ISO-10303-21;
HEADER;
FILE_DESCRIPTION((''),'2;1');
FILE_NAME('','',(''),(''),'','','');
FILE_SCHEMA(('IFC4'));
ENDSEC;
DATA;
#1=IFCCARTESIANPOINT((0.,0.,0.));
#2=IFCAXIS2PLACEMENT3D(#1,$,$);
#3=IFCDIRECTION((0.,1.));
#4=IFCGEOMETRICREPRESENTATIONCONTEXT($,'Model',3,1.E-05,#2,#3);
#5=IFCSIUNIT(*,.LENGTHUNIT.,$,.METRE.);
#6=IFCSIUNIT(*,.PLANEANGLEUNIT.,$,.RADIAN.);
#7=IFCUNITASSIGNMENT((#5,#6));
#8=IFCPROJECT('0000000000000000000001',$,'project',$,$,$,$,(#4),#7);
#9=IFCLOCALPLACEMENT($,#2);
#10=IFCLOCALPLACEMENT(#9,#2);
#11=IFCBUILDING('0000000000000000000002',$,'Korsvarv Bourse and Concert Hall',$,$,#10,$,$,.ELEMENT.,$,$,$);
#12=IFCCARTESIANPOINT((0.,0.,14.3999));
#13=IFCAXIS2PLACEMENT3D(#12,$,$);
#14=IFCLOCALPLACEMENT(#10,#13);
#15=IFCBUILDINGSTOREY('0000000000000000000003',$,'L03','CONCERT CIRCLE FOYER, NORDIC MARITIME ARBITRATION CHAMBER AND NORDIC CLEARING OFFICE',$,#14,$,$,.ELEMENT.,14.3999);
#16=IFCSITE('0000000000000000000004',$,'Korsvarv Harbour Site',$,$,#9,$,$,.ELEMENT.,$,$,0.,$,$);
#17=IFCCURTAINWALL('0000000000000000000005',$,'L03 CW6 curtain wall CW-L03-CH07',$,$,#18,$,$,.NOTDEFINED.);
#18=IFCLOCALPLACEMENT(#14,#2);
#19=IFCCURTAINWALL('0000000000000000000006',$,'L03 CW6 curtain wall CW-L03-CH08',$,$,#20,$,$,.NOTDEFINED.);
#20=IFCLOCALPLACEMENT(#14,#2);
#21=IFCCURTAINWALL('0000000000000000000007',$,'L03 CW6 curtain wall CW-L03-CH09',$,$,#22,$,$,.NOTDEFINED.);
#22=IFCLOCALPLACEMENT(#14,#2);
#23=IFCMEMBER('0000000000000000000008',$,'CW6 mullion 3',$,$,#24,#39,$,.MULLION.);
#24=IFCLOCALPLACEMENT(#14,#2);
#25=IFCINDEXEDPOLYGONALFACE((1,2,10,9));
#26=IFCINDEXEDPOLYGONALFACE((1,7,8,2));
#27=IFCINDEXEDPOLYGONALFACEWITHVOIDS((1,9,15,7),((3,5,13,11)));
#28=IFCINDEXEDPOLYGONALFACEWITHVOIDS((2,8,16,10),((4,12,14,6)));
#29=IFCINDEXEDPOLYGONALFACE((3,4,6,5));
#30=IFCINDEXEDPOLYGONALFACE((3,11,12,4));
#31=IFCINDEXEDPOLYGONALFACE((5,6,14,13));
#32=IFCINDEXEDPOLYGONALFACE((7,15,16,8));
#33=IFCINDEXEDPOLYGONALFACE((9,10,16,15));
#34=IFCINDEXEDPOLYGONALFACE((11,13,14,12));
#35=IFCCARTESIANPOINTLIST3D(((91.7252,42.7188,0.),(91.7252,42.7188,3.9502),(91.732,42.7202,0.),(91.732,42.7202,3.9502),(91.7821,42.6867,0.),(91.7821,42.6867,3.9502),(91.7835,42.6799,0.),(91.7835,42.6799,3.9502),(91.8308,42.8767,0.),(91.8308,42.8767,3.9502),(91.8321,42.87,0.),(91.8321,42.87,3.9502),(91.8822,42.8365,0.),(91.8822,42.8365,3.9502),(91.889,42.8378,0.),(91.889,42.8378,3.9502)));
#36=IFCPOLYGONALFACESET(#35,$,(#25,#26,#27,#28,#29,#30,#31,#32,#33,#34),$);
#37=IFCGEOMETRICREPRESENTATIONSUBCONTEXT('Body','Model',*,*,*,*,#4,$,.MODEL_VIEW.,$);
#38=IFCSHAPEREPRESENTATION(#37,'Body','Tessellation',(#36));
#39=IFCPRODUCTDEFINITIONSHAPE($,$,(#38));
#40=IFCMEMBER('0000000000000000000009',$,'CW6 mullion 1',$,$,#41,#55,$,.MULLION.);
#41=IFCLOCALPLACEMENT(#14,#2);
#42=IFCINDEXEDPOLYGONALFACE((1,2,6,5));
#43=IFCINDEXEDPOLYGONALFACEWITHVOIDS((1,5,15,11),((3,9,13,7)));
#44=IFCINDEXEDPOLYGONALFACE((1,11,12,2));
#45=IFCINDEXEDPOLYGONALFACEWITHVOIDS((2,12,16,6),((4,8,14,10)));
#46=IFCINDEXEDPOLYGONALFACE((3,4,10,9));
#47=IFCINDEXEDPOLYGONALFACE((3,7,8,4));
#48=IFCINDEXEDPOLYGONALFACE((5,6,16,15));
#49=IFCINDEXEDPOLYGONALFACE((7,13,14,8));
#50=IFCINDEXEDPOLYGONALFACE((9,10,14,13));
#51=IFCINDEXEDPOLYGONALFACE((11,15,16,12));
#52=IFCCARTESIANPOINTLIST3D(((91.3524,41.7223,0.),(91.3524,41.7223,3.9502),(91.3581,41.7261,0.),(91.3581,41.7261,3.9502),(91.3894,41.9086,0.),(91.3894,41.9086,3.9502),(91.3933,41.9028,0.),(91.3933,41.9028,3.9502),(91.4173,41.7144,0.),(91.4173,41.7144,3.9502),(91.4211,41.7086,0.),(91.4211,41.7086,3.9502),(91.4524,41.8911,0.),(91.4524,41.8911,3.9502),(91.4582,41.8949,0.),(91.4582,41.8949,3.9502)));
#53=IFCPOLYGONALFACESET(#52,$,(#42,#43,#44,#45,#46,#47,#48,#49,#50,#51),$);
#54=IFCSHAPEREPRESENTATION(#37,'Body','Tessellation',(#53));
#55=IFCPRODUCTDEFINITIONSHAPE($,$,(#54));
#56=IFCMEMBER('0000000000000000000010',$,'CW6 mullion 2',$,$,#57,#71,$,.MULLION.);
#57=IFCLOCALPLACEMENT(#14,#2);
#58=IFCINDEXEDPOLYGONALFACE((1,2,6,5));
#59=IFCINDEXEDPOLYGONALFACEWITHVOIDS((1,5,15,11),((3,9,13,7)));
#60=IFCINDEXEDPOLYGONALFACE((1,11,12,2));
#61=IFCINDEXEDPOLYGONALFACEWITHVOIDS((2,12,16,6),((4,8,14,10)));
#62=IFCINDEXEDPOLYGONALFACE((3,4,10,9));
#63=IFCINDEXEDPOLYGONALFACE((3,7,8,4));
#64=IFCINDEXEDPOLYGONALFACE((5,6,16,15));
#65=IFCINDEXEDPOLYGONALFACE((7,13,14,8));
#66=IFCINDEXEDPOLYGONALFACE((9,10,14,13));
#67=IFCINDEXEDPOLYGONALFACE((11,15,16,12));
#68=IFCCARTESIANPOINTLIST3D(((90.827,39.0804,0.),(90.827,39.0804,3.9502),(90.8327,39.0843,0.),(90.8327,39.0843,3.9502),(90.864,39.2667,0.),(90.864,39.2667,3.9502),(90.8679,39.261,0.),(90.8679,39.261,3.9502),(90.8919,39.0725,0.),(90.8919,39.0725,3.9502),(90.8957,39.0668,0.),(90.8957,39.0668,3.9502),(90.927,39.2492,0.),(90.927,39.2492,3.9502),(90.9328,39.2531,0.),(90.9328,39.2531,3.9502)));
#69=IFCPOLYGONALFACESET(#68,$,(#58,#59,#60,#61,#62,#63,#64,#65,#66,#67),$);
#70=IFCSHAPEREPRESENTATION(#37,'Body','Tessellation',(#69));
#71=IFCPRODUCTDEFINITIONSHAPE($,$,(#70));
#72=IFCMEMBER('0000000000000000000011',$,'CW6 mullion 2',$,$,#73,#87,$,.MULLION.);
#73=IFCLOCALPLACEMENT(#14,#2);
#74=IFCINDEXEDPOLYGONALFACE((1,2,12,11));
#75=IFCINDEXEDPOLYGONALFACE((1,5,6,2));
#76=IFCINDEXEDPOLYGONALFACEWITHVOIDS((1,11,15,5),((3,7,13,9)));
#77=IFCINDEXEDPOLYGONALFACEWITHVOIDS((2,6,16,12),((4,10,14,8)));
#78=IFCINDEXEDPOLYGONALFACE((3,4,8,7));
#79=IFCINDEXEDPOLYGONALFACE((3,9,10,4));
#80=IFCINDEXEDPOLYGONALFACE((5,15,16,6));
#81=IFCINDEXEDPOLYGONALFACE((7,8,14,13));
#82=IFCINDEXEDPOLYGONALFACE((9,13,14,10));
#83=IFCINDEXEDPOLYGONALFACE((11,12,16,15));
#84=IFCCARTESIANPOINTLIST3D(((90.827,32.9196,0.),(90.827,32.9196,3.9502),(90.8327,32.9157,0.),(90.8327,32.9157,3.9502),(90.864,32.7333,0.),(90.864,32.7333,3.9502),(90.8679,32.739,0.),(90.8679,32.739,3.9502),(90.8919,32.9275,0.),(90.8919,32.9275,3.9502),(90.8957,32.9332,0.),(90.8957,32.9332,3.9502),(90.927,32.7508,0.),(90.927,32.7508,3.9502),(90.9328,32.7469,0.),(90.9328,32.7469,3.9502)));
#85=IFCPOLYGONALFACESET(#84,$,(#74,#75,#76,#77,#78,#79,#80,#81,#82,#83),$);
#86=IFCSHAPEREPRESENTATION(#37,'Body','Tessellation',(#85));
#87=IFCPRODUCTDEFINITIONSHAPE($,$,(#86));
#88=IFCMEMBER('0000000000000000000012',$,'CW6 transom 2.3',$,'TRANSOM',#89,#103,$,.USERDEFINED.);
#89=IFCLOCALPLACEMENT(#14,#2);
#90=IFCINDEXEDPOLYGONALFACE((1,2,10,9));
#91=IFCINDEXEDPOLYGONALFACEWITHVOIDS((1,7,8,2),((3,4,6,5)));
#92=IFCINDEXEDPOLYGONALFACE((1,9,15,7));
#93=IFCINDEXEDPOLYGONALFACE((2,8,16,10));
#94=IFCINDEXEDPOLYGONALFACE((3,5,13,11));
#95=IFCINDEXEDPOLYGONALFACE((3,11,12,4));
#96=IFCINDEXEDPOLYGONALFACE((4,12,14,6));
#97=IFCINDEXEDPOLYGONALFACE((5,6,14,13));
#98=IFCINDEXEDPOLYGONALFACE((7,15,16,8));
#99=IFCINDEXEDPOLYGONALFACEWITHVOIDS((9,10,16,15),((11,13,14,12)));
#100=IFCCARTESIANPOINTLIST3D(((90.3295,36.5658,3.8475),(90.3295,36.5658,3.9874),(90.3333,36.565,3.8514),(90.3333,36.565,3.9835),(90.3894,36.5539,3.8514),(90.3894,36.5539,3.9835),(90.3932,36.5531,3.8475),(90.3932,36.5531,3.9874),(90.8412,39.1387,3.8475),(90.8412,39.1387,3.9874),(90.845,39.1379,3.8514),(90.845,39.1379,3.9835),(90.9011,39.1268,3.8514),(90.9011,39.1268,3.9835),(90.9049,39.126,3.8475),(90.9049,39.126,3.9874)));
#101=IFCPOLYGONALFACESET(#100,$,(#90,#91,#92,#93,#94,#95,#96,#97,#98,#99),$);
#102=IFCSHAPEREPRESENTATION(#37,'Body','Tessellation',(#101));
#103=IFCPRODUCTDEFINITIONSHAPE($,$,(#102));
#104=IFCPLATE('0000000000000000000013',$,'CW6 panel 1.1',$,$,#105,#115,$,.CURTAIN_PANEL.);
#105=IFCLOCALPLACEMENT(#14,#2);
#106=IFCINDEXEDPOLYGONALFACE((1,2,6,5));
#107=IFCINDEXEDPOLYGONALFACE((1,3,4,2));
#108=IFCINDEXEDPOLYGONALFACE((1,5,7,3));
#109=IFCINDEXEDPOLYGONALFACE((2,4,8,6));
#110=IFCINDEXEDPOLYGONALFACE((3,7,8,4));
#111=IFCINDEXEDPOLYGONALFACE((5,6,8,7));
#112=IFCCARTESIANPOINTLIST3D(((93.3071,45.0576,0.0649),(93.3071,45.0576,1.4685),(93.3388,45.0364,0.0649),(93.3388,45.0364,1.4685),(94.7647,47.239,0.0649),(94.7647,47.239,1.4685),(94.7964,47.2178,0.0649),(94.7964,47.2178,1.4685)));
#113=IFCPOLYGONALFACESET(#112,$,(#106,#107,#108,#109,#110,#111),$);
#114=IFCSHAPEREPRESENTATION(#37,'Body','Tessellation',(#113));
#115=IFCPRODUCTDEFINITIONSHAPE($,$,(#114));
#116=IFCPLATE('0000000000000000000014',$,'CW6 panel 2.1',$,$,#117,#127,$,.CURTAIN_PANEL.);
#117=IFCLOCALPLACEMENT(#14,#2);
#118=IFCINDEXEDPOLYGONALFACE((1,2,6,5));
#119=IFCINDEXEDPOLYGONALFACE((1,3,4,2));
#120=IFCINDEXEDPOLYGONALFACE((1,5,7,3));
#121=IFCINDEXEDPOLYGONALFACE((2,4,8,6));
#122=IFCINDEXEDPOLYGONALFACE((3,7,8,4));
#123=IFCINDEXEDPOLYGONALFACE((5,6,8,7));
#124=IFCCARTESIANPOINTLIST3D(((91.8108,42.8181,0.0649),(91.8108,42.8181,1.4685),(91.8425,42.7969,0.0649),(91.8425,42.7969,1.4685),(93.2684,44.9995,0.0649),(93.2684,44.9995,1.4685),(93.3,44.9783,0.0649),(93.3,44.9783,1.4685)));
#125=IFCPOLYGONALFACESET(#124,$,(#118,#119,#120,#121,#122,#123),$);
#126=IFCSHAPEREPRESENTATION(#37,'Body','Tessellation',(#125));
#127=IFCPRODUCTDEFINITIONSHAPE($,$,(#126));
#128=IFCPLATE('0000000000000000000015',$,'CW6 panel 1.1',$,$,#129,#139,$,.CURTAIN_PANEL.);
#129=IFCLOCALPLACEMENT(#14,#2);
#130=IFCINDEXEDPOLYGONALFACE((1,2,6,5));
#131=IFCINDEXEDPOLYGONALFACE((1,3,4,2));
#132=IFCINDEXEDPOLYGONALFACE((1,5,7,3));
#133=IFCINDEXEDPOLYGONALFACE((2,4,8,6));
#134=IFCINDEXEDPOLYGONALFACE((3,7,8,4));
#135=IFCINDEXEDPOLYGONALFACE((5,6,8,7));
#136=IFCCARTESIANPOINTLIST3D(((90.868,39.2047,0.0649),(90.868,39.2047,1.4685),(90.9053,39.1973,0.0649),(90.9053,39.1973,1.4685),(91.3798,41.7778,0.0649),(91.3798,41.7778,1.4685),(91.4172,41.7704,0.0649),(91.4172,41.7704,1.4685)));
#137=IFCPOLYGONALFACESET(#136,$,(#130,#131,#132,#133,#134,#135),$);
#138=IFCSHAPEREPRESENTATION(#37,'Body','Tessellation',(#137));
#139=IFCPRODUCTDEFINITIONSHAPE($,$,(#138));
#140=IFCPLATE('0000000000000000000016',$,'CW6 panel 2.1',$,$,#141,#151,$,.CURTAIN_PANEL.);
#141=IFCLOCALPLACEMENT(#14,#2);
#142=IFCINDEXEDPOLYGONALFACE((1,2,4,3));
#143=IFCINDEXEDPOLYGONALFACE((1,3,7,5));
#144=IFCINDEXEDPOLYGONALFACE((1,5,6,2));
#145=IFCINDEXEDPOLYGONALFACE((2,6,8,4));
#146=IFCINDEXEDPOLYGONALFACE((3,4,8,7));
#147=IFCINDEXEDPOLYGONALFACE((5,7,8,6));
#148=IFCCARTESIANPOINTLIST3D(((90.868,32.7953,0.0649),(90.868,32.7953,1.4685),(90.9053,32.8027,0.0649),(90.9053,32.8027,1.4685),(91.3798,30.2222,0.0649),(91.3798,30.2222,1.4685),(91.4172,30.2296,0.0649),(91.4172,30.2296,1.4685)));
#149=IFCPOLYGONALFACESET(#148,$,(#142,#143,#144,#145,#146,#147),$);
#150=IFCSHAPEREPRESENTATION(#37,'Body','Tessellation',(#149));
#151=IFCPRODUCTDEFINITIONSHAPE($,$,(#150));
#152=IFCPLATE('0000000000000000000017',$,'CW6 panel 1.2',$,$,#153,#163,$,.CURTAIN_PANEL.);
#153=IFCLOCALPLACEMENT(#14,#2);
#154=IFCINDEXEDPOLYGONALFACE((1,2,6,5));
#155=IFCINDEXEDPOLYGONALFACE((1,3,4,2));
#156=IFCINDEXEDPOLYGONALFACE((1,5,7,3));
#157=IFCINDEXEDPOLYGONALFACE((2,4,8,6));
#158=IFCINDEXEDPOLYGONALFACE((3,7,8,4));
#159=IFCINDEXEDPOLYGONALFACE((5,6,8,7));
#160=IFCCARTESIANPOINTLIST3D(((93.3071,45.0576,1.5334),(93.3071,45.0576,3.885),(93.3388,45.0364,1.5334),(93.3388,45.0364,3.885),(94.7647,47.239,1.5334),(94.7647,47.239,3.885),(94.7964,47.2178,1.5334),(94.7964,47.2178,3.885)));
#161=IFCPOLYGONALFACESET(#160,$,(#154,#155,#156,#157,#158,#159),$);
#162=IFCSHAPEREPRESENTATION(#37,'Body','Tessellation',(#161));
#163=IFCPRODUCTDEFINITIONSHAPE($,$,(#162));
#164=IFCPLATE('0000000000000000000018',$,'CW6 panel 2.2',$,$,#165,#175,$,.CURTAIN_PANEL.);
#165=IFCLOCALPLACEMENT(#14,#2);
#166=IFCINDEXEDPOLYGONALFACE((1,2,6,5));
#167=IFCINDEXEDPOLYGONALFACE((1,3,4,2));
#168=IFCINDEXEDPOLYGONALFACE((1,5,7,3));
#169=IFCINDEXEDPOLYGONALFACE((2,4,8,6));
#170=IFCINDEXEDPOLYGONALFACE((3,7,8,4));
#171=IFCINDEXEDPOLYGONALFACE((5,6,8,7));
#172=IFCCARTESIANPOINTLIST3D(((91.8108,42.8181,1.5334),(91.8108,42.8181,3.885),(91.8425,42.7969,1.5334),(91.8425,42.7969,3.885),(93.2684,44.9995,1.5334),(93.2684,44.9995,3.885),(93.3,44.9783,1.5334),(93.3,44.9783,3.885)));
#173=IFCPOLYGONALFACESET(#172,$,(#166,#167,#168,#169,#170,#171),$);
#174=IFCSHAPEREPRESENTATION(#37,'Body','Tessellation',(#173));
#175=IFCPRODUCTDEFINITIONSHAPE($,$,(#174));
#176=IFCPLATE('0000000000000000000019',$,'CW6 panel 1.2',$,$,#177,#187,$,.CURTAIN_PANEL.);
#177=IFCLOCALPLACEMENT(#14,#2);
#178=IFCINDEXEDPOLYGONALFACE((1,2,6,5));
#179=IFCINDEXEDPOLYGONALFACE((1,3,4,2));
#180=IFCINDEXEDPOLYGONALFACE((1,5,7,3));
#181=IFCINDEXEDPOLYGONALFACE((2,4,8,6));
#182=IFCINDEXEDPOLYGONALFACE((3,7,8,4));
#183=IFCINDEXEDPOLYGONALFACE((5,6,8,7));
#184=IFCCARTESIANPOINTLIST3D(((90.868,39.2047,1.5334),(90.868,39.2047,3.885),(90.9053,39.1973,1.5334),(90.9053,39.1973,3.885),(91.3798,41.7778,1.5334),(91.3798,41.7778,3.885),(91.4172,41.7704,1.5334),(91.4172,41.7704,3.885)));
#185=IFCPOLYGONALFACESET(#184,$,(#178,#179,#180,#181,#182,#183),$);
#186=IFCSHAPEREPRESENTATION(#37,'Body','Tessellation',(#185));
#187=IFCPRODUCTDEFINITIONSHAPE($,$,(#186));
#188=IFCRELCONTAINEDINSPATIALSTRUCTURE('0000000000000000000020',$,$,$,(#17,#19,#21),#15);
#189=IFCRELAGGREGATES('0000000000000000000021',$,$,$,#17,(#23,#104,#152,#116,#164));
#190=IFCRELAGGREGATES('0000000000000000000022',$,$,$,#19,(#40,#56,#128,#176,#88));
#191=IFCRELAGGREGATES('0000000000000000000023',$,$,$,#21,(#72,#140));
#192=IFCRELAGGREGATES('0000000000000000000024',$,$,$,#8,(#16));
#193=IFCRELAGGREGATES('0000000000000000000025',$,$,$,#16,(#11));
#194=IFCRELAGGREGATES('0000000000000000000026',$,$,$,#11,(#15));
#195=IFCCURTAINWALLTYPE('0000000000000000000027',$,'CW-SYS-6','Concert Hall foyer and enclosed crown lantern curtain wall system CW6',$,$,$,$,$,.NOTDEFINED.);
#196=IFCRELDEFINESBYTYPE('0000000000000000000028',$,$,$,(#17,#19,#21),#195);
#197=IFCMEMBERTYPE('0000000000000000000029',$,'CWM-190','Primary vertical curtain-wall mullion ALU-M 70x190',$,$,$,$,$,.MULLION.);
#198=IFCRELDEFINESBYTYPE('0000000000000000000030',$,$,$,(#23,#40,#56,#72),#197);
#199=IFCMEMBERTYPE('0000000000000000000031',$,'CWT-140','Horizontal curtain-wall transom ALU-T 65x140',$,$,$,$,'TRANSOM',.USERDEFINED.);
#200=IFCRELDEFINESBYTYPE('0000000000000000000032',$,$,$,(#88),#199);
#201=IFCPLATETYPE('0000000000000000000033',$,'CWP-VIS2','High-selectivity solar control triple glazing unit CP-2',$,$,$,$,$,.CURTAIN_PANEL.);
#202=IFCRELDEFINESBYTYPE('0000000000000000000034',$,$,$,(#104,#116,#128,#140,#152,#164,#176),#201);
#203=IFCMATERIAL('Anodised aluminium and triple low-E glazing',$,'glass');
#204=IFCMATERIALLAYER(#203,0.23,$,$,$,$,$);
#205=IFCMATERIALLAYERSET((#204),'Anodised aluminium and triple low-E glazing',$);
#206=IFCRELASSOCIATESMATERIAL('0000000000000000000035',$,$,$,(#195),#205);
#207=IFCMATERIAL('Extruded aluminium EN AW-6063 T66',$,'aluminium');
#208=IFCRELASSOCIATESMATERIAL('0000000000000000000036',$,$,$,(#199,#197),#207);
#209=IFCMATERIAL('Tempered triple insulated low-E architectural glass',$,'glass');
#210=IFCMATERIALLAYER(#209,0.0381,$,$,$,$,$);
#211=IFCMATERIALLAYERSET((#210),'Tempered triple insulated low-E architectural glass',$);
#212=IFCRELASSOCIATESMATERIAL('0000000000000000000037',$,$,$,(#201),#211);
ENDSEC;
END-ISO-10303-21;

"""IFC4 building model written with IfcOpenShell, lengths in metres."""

from ifc_helpers import new_model, si_unit, direction, frame, origin, origin_2d, place, context, subcontext, project, spatial, rectangle, hollow_rectangle, extrude, source, transform, mapped, material, layer, layer_set, material_profile, profile_set, type_object, element, aggregate, save


model = new_model("IFC4")

# Units and contexts
model_context = context("Model", 3, precision=1e-05, world=origin(), true_north=direction((0.0, 1.0)))
body_context = subcontext(model_context, "Body", "Model", "MODEL_VIEW")
ifc_project = project(units=[si_unit("LENGTHUNIT", "METRE"), si_unit("PLANEANGLEUNIT", "RADIAN")], contexts=[model_context])

# Site, building, storey
site_placement = place(None, origin())
site = spatial("IfcSite", under=ifc_project, at=site_placement, Name="Korsvarv Harbour Site", CompositionType="ELEMENT", RefElevation=0.0)
building_placement = place(site_placement, origin())
building = spatial("IfcBuilding", under=site, at=building_placement, Name="Korsvarv Bourse and Concert Hall", CompositionType="ELEMENT")
storey_placement = place(building_placement, frame((0.0, 0.0, 14.3999)))
storey = spatial("IfcBuildingStorey", under=building, at=storey_placement, Name="L03", Description="CONCERT CIRCLE FOYER, NORDIC MARITIME ARBITRATION CHAMBER AND NORDIC CLEARING OFFICE", CompositionType="ELEMENT", Elevation=14.3999)

# Curtain walls
ifc_material_1 = material(Name="Anodised aluminium and triple low-E glazing", Category="glass")
ifc_layer_1 = layer(ifc_material_1, 0.23)
ifc_layer_set_1 = layer_set([ifc_layer_1], Name="Anodised aluminium and triple low-E glazing")
curtain_wall_type = type_object("IfcCurtainWallType", Name="CW-SYS-6", Description="Concert Hall foyer and enclosed crown lantern curtain wall system CW6", PredefinedType="NOTDEFINED", material=ifc_layer_set_1)
curtain_wall_1_placement = place(storey_placement, origin())
curtain_wall_1 = element("IfcCurtainWall", 1, at=curtain_wall_1_placement, inside=storey, type_object=curtain_wall_type, Name="L03 CW6 curtain wall CW-L03-CH07", PredefinedType="NOTDEFINED")
ifc_material_2 = material(Name="Extruded aluminium EN AW-6063 T66", Category="aluminium")
ifc_material_profile_1 = material_profile(ifc_material_2, hollow_rectangle(XDim=0.0649, YDim=0.1399, WallThickness=0.0039, at=origin_2d()), Name="ALU-T 65x140")
ifc_profile_set_1 = profile_set([ifc_material_profile_1], Name="Extruded aluminium EN AW-6063 T66")
member_type_1 = type_object("IfcMemberType", Name="CWT-140", Description="Horizontal curtain-wall transom ALU-T 65x140", ElementType="TRANSOM", PredefinedType="USERDEFINED", material=ifc_profile_set_1)
curtain_wall_2_placement = place(storey_placement, origin())
curtain_wall_2 = element("IfcCurtainWall", 2, at=curtain_wall_2_placement, inside=storey, type_object=curtain_wall_type, Name="L03 CW6 curtain wall CW-L03-CH08", PredefinedType="NOTDEFINED")
curtain_wall_3_placement = place(storey_placement, origin())
curtain_wall_3 = element("IfcCurtainWall", 3, at=curtain_wall_3_placement, inside=storey, type_object=curtain_wall_type, Name="L03 CW6 curtain wall CW-L03-CH09", PredefinedType="NOTDEFINED")

# Members
ifc_material_profile_2 = material_profile(ifc_material_2, hollow_rectangle(XDim=0.0701, YDim=0.1899, WallThickness=0.0049, at=origin_2d()), Name="ALU-M 70x190")
ifc_profile_set_2 = profile_set([ifc_material_profile_2], Name="Extruded aluminium EN AW-6063 T66")
member_type_2 = type_object("IfcMemberType", Name="CWM-190", Description="Primary vertical curtain-wall mullion ALU-M 70x190", PredefinedType="MULLION", material=ifc_profile_set_2)
shared_shape_1 = source(origin(), body_context, "Body", "SweptSolid", [
    extrude(hollow_rectangle(XDim=0.0701, YDim=0.1899, WallThickness=0.0049, at=origin_2d()), origin(), (0.0, 0.0, 1.0), 3.9502),
])
member_1_placement = place(storey_placement, frame((91.8071, 42.7783, 0.0), z_axis=(0.0, 0.0, 1.0), x_axis=(0.831469, -0.555571, 0.0)))
member_1 = element("IfcMember", 4, at=member_1_placement, type_object=member_type_2, Name="CW6 mullion 3", PredefinedType="MULLION", context=body_context, shape_type="MappedRepresentation", body=[
    mapped(shared_shape_1, transform((0.0, 0.0, 0.0), scale=1.0)),
])
member_2_placement = place(storey_placement, frame((91.4053, 41.8086, 0.0), z_axis=(0.0, 0.0, 1.0), x_axis=(0.980786, -0.195087, 0.0)))
member_2 = element("IfcMember", 5, at=member_2_placement, type_object=member_type_2, Name="CW6 mullion 1", PredefinedType="MULLION", context=body_context, shape_type="MappedRepresentation", body=[
    mapped(shared_shape_1, transform((0.0, 0.0, 0.0), scale=1.0)),
])
member_3_placement = place(storey_placement, frame((90.8799, 39.1667, 0.0), z_axis=(0.0, 0.0, 1.0), x_axis=(0.980786, -0.195087, 0.0)))
member_3 = element("IfcMember", 6, at=member_3_placement, type_object=member_type_2, Name="CW6 mullion 2", PredefinedType="MULLION", context=body_context, shape_type="MappedRepresentation", body=[
    mapped(shared_shape_1, transform((0.0, 0.0, 0.0), scale=1.0)),
])
member_4_placement = place(storey_placement, frame((90.8799, 32.8333, 0.0), z_axis=(0.0, 0.0, 1.0), x_axis=(0.980786, 0.195087, 0.0)))
member_4 = element("IfcMember", 7, at=member_4_placement, type_object=member_type_2, Name="CW6 mullion 2", PredefinedType="MULLION", context=body_context, shape_type="MappedRepresentation", body=[
    mapped(shared_shape_1, transform((0.0, 0.0, 0.0), scale=1.0)),
])
shared_shape_2 = source(origin(), body_context, "Body", "SweptSolid", [
    extrude(hollow_rectangle(XDim=0.0649, YDim=0.1399, WallThickness=0.0039, at=origin_2d()), origin(), (0.0, 0.0, 1.0), 2.6233),
])
member_5_placement = place(storey_placement, frame((90.873, 39.1323, 3.9175), z_axis=(-0.19506, -0.980791, 0.0), x_axis=(0.980791, -0.19506, 0.0)))
member_5 = element("IfcMember", 8, at=member_5_placement, type_object=member_type_1, Name="CW6 transom 2.3", ObjectType="TRANSOM", PredefinedType="USERDEFINED", context=body_context, shape_type="MappedRepresentation", body=[
    mapped(shared_shape_2, transform((0.0, 0.0, 0.0), scale=1.0)),
])

# Plates
ifc_material_3 = material(Name="Tempered triple insulated low-E architectural glass", Category="glass")
ifc_layer_2 = layer(ifc_material_3, 0.0381)
ifc_layer_set_2 = layer_set([ifc_layer_2], Name="Tempered triple insulated low-E architectural glass")
plate_type = type_object("IfcPlateType", Name="CWP-VIS2", Description="High-selectivity solar control triple glazing unit CP-2", PredefinedType="CURTAIN_PANEL", material=ifc_layer_set_2)
shared_shape_3 = source(origin(), body_context, "Body", "SweptSolid", [
    extrude(rectangle(XDim=2.6235, YDim=0.0381, at=origin_2d()), origin(), (0.0, 0.0, 1.0), 1.4036),
])
plate_1_placement = place(storey_placement, frame((94.0518, 46.1377, 0.0649), z_axis=(0.0, 0.0, 1.0), x_axis=(-0.555571, -0.831469, 0.0)))
plate_1 = element("IfcPlate", 9, at=plate_1_placement, type_object=plate_type, Name="CW6 panel 1.1", PredefinedType="CURTAIN_PANEL", context=body_context, shape_type="MappedRepresentation", body=[
    mapped(shared_shape_3, transform((0.0, 0.0, 0.0), scale=1.0)),
])
plate_2_placement = place(storey_placement, frame((92.5554, 43.8982, 0.0649), z_axis=(0.0, 0.0, 1.0), x_axis=(-0.555571, -0.831469, 0.0)))
plate_2 = element("IfcPlate", 10, at=plate_2_placement, type_object=plate_type, Name="CW6 panel 2.1", PredefinedType="CURTAIN_PANEL", context=body_context, shape_type="MappedRepresentation", body=[
    mapped(shared_shape_3, transform((0.0, 0.0, 0.0), scale=1.0)),
])
plate_3_placement = place(storey_placement, frame((91.1426, 40.4875, 0.0649), z_axis=(0.0, 0.0, 1.0), x_axis=(-0.195087, -0.980786, 0.0)))
plate_3 = element("IfcPlate", 11, at=plate_3_placement, type_object=plate_type, Name="CW6 panel 1.1", PredefinedType="CURTAIN_PANEL", context=body_context, shape_type="MappedRepresentation", body=[
    mapped(shared_shape_3, transform((0.0, 0.0, 0.0), scale=1.0)),
])
plate_4_placement = place(storey_placement, frame((91.1426, 31.5125, 0.0649), z_axis=(0.0, 0.0, 1.0), x_axis=(0.195087, -0.980786, 0.0)))
plate_4 = element("IfcPlate", 12, at=plate_4_placement, type_object=plate_type, Name="CW6 panel 2.1", PredefinedType="CURTAIN_PANEL", context=body_context, shape_type="MappedRepresentation", body=[
    mapped(shared_shape_3, transform((0.0, 0.0, 0.0), scale=1.0)),
])
shared_shape_4 = source(origin(), body_context, "Body", "SweptSolid", [
    extrude(rectangle(XDim=2.6235, YDim=0.0381, at=origin_2d()), origin(), (0.0, 0.0, 1.0), 2.3516),
])
plate_5_placement = place(storey_placement, frame((94.0518, 46.1377, 1.5334), z_axis=(0.0, 0.0, 1.0), x_axis=(-0.555571, -0.831469, 0.0)))
plate_5 = element("IfcPlate", 13, at=plate_5_placement, type_object=plate_type, Name="CW6 panel 1.2", PredefinedType="CURTAIN_PANEL", context=body_context, shape_type="MappedRepresentation", body=[
    mapped(shared_shape_4, transform((0.0, 0.0, 0.0), scale=1.0)),
])
plate_6_placement = place(storey_placement, frame((92.5554, 43.8982, 1.5334), z_axis=(0.0, 0.0, 1.0), x_axis=(-0.555571, -0.831469, 0.0)))
plate_6 = element("IfcPlate", 14, at=plate_6_placement, type_object=plate_type, Name="CW6 panel 2.2", PredefinedType="CURTAIN_PANEL", context=body_context, shape_type="MappedRepresentation", body=[
    mapped(shared_shape_4, transform((0.0, 0.0, 0.0), scale=1.0)),
])
aggregate(curtain_wall_1, [member_1, plate_1, plate_5, plate_2, plate_6])
plate_7_placement = place(storey_placement, frame((91.1426, 40.4875, 1.5334), z_axis=(0.0, 0.0, 1.0), x_axis=(-0.195087, -0.980786, 0.0)))
plate_7 = element("IfcPlate", 15, at=plate_7_placement, type_object=plate_type, Name="CW6 panel 1.2", PredefinedType="CURTAIN_PANEL", context=body_context, shape_type="MappedRepresentation", body=[
    mapped(shared_shape_4, transform((0.0, 0.0, 0.0), scale=1.0)),
])
aggregate(curtain_wall_2, [member_2, member_3, plate_3, plate_7, member_5])
aggregate(curtain_wall_3, [member_4, plate_4])

save(model, "model.ifc")
